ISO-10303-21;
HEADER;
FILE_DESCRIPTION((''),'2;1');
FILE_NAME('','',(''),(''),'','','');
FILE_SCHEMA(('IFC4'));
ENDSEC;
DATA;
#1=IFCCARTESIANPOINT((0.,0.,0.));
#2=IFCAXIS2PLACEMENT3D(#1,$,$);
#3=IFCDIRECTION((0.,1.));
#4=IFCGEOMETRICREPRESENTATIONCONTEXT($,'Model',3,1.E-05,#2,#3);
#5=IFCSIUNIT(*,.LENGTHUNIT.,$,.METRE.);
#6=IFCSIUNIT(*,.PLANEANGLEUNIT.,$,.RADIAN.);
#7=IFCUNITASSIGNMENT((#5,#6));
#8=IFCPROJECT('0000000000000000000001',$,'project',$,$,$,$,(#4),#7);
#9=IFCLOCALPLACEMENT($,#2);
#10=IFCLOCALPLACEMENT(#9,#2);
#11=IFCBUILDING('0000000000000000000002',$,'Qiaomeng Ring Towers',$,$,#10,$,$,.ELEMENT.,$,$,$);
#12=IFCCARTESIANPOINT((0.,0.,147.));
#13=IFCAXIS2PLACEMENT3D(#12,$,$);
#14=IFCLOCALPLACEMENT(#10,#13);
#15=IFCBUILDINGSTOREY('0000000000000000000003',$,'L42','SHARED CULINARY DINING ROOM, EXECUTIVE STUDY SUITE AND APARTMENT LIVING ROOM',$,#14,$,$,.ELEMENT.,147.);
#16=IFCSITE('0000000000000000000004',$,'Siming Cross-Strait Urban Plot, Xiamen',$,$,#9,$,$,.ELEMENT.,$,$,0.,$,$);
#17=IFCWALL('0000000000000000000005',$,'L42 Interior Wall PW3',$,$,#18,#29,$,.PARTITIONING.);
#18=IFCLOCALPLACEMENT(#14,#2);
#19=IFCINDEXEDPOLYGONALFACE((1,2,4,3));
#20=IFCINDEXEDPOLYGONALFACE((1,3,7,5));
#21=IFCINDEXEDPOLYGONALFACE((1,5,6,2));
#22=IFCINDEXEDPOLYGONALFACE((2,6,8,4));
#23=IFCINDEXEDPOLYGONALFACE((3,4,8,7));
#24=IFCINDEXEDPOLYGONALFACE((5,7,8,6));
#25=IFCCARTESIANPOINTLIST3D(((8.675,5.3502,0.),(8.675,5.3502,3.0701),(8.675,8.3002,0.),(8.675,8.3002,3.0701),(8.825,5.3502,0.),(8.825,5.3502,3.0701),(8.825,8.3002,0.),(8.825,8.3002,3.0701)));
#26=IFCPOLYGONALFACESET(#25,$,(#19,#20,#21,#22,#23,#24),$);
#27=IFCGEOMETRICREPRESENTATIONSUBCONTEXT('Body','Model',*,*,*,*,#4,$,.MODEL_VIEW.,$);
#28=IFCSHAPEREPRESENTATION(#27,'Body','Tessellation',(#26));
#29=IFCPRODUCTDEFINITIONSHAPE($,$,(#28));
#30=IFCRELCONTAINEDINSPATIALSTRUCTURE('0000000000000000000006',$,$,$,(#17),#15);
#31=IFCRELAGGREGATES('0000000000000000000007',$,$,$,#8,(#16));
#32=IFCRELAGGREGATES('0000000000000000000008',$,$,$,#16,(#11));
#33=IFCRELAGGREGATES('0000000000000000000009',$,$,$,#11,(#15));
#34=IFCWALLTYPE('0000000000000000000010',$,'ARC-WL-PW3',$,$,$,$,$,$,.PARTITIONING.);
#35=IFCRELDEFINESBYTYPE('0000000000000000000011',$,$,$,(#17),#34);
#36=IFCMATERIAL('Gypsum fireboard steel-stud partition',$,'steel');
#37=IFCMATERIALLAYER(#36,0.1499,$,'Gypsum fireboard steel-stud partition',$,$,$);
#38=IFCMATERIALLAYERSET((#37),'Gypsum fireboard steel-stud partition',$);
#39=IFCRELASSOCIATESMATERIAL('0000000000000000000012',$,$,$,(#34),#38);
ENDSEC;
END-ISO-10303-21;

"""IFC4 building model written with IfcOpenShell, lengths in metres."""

from ifc_helpers import new_model, si_unit, direction, frame, frame_2d, origin, place, context, subcontext, project, spatial, rectangle, extrude, material, layer, layer_set, type_object, element, save


model = new_model("IFC4")

# Units and contexts
model_context = context("Model", 3, precision=1e-05, world=origin(), true_north=direction((0.0, 1.0)))
body_context = subcontext(model_context, "Body", "Model", "MODEL_VIEW")
ifc_project = project(units=[si_unit("LENGTHUNIT", "METRE"), si_unit("PLANEANGLEUNIT", "RADIAN")], contexts=[model_context])

# Site, building, storey
site_placement = place(None, origin())
site = spatial("IfcSite", under=ifc_project, at=site_placement, Name="Siming Cross-Strait Urban Plot, Xiamen", CompositionType="ELEMENT", RefElevation=0.0)
building_placement = place(site_placement, origin())
building = spatial("IfcBuilding", under=site, at=building_placement, Name="Qiaomeng Ring Towers", CompositionType="ELEMENT")
storey_placement = place(building_placement, frame((0.0, 0.0, 147.0)))
storey = spatial("IfcBuildingStorey", under=building, at=storey_placement, Name="L42", Description="SHARED CULINARY DINING ROOM, EXECUTIVE STUDY SUITE AND APARTMENT LIVING ROOM", CompositionType="ELEMENT", Elevation=147.0)

# Wall
ifc_material_1 = material(Name="Gypsum fireboard steel-stud partition", Category="steel")
ifc_layer_1 = layer(ifc_material_1, 0.1499, Name="Gypsum fireboard steel-stud partition")
ifc_layer_set_1 = layer_set([ifc_layer_1], Name="Gypsum fireboard steel-stud partition")
wall_type_1 = type_object("IfcWallType", Name="ARC-WL-PW3", PredefinedType="PARTITIONING", material=ifc_layer_set_1)
wall_1_placement = place(storey_placement, frame((8.75, 5.3501, 0.0), z_axis=(0.0, 0.0, 1.0), x_axis=(0.0, 1.0, 0.0)))
element("IfcWall", 1, at=wall_1_placement, inside=storey, type_object=wall_type_1, Name="L42 Interior Wall PW3", PredefinedType="PARTITIONING", context=body_context, shape_type="SweptSolid", body=[
    extrude(rectangle(XDim=2.95, YDim=0.1499, at=frame_2d((1.4751, 0.0))), origin(), (0.0, 0.0, 1.0), 3.0701),
])

save(model, "model.ifc")
